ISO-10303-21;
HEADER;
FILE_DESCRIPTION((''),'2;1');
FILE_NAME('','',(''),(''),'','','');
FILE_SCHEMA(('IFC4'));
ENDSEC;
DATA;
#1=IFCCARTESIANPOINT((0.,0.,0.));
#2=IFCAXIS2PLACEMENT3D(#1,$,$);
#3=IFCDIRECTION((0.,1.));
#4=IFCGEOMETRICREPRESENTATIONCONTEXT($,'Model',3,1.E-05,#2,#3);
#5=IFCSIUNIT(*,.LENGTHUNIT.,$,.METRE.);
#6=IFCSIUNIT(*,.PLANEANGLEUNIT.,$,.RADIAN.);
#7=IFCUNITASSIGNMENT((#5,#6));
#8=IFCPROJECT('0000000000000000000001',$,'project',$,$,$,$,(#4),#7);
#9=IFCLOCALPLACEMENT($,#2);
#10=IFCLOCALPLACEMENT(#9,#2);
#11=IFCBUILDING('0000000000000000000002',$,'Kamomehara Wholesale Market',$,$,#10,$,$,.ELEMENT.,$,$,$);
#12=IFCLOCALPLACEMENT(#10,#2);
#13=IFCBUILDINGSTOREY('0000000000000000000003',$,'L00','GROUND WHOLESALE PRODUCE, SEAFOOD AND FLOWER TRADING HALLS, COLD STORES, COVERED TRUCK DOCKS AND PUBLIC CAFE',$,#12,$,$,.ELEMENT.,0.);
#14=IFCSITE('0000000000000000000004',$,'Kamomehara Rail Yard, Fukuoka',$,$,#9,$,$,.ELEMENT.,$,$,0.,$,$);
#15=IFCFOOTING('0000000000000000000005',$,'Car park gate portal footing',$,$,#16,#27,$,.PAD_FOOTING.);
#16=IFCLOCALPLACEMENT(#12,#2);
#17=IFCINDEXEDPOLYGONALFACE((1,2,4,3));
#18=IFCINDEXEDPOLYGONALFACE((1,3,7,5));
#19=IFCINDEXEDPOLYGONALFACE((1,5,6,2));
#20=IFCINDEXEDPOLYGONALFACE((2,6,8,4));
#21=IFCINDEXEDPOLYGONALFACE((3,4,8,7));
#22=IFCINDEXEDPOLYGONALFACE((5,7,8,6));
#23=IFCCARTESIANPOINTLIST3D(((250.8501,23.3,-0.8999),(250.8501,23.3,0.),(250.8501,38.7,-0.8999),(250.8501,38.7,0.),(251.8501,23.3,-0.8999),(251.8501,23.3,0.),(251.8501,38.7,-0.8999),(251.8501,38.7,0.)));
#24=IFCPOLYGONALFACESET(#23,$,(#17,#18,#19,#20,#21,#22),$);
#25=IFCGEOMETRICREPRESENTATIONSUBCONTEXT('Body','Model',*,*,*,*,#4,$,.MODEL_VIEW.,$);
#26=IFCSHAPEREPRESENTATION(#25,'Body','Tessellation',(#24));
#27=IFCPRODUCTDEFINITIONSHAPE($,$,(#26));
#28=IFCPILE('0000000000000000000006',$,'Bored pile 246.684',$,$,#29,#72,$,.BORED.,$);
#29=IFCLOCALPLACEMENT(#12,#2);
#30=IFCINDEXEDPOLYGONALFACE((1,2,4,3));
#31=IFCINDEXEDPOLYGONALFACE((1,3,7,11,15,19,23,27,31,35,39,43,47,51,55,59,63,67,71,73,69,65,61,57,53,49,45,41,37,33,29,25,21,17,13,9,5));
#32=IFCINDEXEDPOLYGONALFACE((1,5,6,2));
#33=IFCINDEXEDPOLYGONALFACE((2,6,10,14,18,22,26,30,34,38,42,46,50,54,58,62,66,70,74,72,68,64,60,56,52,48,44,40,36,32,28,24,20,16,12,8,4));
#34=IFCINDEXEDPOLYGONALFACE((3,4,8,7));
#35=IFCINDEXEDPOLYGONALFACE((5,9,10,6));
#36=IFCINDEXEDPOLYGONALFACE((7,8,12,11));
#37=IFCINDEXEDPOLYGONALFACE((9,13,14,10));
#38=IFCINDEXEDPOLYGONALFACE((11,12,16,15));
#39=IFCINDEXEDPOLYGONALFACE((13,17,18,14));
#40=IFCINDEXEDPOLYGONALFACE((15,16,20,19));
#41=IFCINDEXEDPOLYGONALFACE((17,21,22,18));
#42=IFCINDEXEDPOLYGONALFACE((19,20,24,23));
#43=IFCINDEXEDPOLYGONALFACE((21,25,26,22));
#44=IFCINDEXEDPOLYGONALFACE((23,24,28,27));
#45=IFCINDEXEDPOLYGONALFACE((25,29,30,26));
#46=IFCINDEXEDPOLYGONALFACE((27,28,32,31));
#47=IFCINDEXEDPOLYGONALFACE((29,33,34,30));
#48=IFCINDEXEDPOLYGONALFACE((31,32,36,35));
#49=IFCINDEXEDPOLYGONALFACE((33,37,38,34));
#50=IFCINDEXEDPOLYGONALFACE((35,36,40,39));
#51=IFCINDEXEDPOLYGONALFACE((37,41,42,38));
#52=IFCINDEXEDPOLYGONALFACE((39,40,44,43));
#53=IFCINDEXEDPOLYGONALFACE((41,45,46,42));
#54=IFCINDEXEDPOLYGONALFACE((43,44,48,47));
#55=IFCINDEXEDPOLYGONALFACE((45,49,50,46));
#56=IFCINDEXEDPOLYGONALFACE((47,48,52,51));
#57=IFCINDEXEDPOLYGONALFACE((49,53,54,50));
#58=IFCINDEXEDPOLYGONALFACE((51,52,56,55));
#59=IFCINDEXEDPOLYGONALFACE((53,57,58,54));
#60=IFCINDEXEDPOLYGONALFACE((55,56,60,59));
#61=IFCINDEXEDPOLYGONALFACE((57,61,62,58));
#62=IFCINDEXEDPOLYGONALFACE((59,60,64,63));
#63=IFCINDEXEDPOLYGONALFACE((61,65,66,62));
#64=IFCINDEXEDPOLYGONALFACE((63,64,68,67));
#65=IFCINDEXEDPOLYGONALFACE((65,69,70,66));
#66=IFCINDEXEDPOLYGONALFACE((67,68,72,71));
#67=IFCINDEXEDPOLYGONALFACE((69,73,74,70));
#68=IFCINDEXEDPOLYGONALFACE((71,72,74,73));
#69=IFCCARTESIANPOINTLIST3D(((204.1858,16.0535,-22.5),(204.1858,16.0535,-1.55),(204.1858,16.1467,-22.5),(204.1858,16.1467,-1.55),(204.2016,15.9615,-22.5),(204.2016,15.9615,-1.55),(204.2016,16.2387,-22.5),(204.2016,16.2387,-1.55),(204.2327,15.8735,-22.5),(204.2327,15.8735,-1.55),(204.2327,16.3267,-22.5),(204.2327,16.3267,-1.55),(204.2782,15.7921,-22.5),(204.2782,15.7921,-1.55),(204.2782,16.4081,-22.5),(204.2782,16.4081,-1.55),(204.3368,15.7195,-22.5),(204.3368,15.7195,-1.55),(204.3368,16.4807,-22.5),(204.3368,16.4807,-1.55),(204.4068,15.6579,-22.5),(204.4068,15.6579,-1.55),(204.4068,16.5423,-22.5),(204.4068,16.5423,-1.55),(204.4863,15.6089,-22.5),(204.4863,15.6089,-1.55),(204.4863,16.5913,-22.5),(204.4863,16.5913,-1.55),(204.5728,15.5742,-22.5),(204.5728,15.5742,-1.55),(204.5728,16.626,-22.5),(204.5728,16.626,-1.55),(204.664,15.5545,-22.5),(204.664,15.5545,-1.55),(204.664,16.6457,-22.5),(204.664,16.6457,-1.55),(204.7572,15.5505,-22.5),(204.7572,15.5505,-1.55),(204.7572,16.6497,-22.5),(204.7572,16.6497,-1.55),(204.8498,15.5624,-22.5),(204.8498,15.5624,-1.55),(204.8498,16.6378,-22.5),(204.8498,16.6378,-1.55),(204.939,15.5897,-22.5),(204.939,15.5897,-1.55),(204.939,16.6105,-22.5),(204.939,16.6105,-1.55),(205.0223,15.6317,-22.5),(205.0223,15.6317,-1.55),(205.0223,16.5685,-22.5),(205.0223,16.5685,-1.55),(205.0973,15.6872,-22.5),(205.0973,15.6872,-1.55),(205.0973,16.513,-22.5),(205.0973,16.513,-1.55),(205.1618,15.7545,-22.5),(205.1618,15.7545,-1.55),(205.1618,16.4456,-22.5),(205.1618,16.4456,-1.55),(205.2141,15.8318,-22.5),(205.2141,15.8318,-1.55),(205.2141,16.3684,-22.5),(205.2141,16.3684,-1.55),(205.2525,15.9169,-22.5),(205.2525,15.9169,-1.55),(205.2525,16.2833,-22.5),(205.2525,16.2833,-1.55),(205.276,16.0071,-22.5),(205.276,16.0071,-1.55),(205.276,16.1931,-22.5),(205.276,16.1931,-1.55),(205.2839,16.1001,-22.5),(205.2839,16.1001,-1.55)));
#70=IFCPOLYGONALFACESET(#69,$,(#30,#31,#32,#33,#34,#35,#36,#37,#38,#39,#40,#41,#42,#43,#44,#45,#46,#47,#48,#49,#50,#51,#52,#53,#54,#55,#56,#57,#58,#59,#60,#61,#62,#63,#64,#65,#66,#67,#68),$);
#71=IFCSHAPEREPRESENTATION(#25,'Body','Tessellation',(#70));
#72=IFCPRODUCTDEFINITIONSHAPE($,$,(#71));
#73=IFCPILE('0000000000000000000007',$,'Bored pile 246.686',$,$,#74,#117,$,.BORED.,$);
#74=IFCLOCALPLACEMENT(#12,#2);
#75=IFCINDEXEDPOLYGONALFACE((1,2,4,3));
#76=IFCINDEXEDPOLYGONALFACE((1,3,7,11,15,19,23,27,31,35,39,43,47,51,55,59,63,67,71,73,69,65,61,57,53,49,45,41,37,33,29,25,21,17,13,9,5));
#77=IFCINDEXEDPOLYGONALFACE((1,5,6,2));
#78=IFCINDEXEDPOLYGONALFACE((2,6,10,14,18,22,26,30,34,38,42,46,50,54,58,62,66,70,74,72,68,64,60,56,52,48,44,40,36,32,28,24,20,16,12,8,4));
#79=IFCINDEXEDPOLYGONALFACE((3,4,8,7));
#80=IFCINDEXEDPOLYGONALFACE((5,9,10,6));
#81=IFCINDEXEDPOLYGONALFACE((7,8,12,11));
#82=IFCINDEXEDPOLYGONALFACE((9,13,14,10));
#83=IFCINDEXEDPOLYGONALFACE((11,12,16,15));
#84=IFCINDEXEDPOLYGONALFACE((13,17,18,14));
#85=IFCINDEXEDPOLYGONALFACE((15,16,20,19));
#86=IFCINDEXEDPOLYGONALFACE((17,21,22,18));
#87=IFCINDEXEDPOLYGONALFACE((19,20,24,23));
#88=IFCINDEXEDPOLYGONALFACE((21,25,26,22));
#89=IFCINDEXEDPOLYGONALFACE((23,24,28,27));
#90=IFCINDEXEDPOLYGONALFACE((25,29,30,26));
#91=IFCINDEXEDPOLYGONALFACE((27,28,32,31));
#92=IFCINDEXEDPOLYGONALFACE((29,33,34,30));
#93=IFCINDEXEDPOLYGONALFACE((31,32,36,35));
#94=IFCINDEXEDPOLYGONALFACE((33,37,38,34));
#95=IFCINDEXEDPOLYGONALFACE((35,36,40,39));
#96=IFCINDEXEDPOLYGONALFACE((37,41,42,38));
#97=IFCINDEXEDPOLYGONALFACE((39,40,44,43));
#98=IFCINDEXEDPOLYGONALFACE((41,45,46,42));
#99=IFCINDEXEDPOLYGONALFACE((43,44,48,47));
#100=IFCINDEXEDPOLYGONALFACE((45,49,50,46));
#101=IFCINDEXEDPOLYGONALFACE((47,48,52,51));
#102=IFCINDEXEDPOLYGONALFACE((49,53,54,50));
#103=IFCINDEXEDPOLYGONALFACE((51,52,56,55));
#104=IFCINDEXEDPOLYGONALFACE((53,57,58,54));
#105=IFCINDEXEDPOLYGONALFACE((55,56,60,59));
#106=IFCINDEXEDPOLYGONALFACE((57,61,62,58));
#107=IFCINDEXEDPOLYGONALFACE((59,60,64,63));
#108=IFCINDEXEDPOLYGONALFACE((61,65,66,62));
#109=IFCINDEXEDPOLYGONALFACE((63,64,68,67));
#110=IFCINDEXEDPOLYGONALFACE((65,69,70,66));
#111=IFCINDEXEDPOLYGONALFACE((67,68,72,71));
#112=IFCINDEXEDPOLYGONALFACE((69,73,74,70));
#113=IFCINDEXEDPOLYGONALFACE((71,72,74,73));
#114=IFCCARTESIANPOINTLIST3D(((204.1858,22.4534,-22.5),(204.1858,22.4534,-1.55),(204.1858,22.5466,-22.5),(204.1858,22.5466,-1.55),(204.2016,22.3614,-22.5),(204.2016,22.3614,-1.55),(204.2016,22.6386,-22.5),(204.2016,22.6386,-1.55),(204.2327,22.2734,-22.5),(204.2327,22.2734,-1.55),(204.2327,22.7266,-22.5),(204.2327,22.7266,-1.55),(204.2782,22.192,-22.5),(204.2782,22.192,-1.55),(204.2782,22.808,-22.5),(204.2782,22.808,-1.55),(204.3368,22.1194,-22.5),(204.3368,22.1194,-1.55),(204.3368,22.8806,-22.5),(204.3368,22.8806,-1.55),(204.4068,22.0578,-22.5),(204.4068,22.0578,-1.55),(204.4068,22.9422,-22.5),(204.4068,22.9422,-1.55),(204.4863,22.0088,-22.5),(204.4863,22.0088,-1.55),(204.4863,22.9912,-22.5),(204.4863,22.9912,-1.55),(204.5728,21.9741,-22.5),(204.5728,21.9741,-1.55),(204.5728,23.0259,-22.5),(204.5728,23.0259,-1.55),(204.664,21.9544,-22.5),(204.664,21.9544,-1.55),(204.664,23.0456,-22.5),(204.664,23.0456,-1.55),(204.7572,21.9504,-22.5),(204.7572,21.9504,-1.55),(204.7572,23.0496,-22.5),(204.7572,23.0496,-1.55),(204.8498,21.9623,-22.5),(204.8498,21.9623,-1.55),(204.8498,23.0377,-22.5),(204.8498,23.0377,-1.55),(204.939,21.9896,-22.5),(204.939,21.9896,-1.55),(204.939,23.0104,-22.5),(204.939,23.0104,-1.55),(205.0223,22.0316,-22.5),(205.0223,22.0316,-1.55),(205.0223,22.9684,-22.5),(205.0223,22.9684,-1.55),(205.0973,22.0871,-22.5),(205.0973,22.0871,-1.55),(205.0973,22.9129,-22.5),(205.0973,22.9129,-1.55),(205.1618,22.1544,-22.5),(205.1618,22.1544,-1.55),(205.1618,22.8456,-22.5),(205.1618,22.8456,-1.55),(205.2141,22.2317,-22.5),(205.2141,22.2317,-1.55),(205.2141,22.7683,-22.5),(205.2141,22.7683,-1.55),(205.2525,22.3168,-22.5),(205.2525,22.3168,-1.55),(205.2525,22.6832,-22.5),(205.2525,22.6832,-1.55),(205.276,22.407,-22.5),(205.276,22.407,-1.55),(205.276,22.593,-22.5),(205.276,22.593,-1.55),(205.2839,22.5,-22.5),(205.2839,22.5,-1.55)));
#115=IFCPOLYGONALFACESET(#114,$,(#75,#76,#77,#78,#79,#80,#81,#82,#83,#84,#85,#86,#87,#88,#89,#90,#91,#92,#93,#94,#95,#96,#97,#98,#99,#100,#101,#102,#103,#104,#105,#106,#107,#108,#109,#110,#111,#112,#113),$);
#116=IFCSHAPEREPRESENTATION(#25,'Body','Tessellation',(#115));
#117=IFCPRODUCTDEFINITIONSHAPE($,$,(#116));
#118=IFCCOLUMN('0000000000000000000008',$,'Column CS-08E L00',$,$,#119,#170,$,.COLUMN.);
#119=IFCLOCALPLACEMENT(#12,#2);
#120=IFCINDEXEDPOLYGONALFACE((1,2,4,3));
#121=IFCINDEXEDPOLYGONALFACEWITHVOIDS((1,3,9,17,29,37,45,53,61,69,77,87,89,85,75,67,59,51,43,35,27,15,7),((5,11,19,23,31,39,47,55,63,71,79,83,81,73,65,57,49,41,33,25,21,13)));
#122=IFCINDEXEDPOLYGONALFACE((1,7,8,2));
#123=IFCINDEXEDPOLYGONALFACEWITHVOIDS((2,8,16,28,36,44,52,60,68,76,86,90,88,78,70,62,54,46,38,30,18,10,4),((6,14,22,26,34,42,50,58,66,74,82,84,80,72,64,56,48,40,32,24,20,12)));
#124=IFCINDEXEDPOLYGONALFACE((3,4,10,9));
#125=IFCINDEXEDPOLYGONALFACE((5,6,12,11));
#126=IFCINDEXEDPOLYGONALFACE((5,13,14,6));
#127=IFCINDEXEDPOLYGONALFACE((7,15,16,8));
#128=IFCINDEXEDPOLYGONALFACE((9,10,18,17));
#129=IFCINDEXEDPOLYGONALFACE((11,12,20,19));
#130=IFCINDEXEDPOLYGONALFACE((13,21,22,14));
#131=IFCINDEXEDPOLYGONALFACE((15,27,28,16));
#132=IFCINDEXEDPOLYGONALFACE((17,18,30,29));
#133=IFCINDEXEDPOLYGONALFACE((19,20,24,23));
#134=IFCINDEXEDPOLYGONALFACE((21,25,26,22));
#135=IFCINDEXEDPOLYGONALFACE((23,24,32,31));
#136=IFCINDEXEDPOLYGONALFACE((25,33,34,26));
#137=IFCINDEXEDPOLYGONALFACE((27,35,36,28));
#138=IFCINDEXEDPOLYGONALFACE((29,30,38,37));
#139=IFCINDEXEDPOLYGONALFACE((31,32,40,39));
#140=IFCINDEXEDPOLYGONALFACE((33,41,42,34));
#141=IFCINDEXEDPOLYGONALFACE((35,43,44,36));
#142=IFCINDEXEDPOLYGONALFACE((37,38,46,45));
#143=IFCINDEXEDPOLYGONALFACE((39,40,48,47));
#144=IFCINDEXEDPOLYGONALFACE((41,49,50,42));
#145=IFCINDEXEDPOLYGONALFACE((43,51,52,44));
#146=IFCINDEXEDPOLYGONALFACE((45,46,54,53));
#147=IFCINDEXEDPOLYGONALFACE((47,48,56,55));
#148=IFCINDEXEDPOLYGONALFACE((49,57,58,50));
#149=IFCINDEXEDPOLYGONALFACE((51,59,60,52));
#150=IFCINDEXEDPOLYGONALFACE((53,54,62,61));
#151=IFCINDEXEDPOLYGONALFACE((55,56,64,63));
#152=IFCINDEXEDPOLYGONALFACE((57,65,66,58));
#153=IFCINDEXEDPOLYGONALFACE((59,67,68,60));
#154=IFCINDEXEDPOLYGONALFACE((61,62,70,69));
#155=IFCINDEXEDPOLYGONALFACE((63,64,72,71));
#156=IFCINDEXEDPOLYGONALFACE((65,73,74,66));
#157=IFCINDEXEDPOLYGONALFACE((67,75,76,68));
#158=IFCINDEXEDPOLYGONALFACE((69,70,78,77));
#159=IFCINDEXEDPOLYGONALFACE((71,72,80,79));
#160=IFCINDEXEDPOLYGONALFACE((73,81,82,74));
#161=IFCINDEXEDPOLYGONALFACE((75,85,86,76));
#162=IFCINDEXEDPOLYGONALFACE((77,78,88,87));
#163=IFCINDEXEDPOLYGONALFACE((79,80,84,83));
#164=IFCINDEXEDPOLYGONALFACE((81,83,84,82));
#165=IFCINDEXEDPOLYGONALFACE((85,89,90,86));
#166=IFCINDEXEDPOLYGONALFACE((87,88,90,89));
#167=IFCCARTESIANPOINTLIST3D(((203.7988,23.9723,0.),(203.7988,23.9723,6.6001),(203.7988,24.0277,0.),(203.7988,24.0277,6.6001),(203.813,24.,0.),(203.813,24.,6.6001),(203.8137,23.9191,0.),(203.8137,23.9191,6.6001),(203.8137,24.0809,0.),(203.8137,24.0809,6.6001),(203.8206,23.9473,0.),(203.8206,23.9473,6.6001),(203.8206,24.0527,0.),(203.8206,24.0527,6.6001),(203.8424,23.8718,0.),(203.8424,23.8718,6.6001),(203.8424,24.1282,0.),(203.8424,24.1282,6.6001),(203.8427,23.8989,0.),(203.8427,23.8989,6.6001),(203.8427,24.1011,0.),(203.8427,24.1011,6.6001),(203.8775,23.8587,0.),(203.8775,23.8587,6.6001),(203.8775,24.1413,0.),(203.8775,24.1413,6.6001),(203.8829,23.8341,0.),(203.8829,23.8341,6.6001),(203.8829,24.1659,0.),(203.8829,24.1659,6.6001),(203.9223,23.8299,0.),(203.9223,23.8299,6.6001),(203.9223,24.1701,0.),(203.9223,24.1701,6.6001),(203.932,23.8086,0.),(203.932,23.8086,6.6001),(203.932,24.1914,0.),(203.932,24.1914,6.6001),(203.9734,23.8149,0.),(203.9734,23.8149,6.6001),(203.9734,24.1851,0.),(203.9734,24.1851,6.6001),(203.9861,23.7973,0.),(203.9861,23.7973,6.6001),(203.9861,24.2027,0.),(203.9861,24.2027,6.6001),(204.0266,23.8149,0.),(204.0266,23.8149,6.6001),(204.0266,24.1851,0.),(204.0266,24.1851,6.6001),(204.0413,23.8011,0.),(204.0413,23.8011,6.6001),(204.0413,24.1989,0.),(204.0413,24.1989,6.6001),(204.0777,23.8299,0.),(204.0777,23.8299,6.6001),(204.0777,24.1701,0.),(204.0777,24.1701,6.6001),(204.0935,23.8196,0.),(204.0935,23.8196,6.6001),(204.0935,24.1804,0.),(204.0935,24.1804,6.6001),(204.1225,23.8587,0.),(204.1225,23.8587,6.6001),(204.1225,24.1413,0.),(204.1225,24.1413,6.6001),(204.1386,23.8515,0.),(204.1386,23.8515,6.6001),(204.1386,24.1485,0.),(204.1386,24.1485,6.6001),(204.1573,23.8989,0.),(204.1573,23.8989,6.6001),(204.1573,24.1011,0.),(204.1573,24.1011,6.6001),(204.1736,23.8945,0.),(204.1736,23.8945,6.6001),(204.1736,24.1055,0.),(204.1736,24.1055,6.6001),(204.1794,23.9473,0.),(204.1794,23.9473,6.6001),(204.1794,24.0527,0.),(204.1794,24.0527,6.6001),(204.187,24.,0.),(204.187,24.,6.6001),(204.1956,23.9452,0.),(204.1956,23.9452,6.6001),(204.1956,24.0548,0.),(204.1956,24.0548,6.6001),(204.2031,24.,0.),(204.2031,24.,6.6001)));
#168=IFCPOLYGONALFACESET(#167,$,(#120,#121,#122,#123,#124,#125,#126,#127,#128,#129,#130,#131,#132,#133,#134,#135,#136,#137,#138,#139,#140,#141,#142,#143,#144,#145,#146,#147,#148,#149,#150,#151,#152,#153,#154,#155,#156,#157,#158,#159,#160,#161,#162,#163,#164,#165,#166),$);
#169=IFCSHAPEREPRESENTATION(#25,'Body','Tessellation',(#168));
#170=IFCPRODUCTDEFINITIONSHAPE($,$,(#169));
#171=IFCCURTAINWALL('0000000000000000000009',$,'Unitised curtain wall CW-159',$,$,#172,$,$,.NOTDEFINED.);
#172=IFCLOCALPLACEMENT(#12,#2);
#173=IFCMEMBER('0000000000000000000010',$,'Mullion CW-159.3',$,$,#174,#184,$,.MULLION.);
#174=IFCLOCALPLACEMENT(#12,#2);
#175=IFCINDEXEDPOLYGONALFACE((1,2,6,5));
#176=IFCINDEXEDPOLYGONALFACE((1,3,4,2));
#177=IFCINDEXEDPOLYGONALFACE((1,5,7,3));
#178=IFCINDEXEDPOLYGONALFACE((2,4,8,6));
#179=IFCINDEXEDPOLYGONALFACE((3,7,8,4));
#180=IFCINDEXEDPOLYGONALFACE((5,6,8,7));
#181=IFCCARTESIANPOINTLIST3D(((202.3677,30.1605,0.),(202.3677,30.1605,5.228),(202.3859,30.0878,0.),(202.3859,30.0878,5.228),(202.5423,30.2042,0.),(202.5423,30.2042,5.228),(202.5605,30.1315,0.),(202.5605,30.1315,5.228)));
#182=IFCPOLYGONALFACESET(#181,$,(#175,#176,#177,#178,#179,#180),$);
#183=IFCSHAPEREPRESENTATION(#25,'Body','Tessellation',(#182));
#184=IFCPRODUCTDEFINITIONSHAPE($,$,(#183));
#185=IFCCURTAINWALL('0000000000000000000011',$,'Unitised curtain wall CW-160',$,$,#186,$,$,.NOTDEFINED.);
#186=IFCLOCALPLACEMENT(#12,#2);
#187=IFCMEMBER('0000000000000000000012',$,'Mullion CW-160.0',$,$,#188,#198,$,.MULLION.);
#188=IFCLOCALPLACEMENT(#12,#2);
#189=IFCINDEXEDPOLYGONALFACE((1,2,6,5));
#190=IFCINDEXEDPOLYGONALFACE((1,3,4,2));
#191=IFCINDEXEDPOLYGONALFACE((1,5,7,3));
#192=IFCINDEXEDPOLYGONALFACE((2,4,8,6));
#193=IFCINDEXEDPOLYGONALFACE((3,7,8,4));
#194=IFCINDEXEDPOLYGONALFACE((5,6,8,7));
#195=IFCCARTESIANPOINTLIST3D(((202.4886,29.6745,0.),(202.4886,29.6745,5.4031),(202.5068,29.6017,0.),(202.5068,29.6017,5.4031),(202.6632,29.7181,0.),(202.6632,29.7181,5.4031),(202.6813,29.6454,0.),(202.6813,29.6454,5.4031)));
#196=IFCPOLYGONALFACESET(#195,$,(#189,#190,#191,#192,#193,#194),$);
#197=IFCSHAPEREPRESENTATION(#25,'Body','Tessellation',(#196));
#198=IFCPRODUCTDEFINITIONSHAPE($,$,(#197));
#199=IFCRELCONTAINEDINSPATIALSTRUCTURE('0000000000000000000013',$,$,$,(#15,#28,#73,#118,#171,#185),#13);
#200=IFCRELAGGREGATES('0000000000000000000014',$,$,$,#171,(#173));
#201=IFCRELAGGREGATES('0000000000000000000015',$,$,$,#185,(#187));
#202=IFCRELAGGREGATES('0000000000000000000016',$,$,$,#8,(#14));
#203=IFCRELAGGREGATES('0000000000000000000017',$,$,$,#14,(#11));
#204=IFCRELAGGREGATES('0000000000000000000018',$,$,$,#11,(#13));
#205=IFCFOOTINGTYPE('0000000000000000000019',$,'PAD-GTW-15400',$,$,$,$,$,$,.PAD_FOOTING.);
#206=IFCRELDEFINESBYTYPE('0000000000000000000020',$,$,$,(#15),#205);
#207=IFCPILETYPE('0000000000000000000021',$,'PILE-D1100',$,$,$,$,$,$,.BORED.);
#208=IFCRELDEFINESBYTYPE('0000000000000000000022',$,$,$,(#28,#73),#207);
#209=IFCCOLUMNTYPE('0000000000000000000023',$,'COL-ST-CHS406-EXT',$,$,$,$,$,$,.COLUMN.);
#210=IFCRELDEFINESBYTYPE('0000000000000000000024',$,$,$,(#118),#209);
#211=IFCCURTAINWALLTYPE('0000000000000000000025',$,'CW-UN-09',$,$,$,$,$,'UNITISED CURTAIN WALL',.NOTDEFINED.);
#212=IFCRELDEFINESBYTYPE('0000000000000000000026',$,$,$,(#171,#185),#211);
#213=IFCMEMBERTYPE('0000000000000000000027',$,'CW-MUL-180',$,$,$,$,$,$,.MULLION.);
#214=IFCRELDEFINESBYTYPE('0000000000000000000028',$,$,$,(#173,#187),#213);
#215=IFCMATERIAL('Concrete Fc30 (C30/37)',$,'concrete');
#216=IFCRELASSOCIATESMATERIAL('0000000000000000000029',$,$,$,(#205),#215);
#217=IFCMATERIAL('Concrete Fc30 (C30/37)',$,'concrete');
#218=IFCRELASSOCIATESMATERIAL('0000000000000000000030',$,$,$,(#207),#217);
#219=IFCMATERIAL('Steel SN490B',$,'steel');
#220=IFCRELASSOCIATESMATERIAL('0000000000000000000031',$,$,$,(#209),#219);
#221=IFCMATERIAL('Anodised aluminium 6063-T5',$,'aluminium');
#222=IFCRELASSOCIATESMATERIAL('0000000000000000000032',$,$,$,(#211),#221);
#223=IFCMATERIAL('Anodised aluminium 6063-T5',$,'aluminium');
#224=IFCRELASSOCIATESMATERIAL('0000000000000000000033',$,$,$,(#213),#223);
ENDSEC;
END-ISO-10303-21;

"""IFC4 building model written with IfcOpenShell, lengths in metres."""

from ifc_helpers import new_model, si_unit, direction, frame, origin, origin_2d, place, context, subcontext, project, spatial, rectangle, circle, hollow_circle, extrude, material, material_profile, profile_set, type_object, element, aggregate, save


model = new_model("IFC4")

# Units and contexts
model_context = context("Model", 3, precision=1e-05, world=origin(), true_north=direction((0.0, 1.0)))
body_context = subcontext(model_context, "Body", "Model", "MODEL_VIEW")
ifc_project = project(units=[si_unit("LENGTHUNIT", "METRE"), si_unit("PLANEANGLEUNIT", "RADIAN")], contexts=[model_context])

# Site, building, storey
site_placement = place(None, origin())
site = spatial("IfcSite", under=ifc_project, at=site_placement, Name="Kamomehara Rail Yard, Fukuoka", CompositionType="ELEMENT", RefElevation=0.0)
building_placement = place(site_placement, origin())
building = spatial("IfcBuilding", under=site, at=building_placement, Name="Kamomehara Wholesale Market", CompositionType="ELEMENT")
storey_placement = place(building_placement, origin())
storey = spatial("IfcBuildingStorey", under=building, at=storey_placement, Name="L00", Description="GROUND WHOLESALE PRODUCE, SEAFOOD AND FLOWER TRADING HALLS, COLD STORES, COVERED TRUCK DOCKS AND PUBLIC CAFE", CompositionType="ELEMENT", Elevation=0.0)

# Footing
ifc_material_1 = material(Name="Concrete Fc30 (C30/37)", Category="concrete")
footing_type = type_object("IfcFootingType", Name="PAD-GTW-15400", PredefinedType="PAD_FOOTING", material=ifc_material_1)
footing_placement = place(storey_placement, frame((251.3501, 31.0, -0.8999), z_axis=(0.0, 0.0, 1.0), x_axis=(1.0, 0.0, 0.0)))
element("IfcFooting", 1, at=footing_placement, inside=storey, type_object=footing_type, Name="Car park gate portal footing", PredefinedType="PAD_FOOTING", context=body_context, shape_type="SweptSolid", body=[
    extrude(rectangle(XDim=1.0, YDim=15.3999, at=origin_2d()), origin(), (0.0, 0.0, 1.0), 0.8999),
])

# Piles
ifc_material_2 = material(Name="Concrete Fc30 (C30/37)", Category="concrete")
ifc_material_profile_1 = material_profile(ifc_material_2, circle(Radius=0.55, at=origin_2d()), Name="RC-PILE-D1100")
ifc_profile_set_1 = profile_set([ifc_material_profile_1], Name="Concrete Fc30 (C30/37)")
pile_type = type_object("IfcPileType", Name="PILE-D1100", PredefinedType="BORED", material=ifc_profile_set_1)
for number, where, z_axis, x_axis, name in (
    (2, (204.7339, 16.1001, -1.55), (0.0, 0.0, -1.0), (1.0, 0.0, 0.0), "Bored pile 246.684"),
    (3, (204.7339, 22.5, -1.55), (0.0, 0.0, -1.0), (1.0, 0.0, 0.0), "Bored pile 246.686"),
):
    element("IfcPile", number, at=place(storey_placement, frame(where, z_axis=z_axis, x_axis=x_axis)), inside=storey, type_object=pile_type, Name=name, PredefinedType="BORED", context=body_context, shape_type="SweptSolid", body=[
        extrude(circle(Radius=0.55, at=origin_2d()), origin(), (0.0, 0.0, 1.0), 20.95),
    ])

# Column
ifc_material_3 = material(Name="Steel SN490B", Category="steel")
ifc_material_profile_2 = material_profile(ifc_material_3, hollow_circle(Radius=0.2031, WallThickness=0.0161, at=origin_2d()), Name="CHS-406.4x16.0")
ifc_profile_set_2 = profile_set([ifc_material_profile_2], Name="Steel SN490B")
column_type = type_object("IfcColumnType", Name="COL-ST-CHS406-EXT", PredefinedType="COLUMN", material=ifc_profile_set_2)
column_placement = place(storey_placement, frame((204.0, 24.0, 0.0), z_axis=(0.0, 0.0, 1.0), x_axis=(1.0, 0.0, 0.0)))
element("IfcColumn", 4, at=column_placement, inside=storey, type_object=column_type, Name="Column CS-08E L00", PredefinedType="COLUMN", context=body_context, shape_type="SweptSolid", body=[
    extrude(hollow_circle(Radius=0.2031, WallThickness=0.0161, at=origin_2d()), origin(), (0.0, 0.0, 1.0), 6.6001),
])

# Curtain wall, member
ifc_material_4 = material(Name="Anodised aluminium 6063-T5", Category="aluminium")
curtain_wall_type = type_object("IfcCurtainWallType", Name="CW-UN-09", ElementType="UNITISED CURTAIN WALL", PredefinedType="NOTDEFINED", material=ifc_material_4)
curtain_wall_1_placement = place(storey_placement, origin())
curtain_wall_1 = element("IfcCurtainWall", 5, at=curtain_wall_1_placement, inside=storey, type_object=curtain_wall_type, Name="Unitised curtain wall CW-159", PredefinedType="NOTDEFINED")
ifc_material_5 = material(Name="Anodised aluminium 6063-T5", Category="aluminium")
ifc_material_profile_3 = material_profile(ifc_material_5, rectangle(XDim=0.075, YDim=0.1799, at=origin_2d()), Name="ALU-MUL-75x180")
ifc_profile_set_3 = profile_set([ifc_material_profile_3], Name="Anodised aluminium 6063-T5")
member_type_1 = type_object("IfcMemberType", Name="CW-MUL-180", PredefinedType="MULLION", material=ifc_profile_set_3)
member_1_placement = place(storey_placement, frame((202.4641, 30.146, 0.0), z_axis=(0.0, 0.0, 1.0), x_axis=(0.242618, -0.970122, 0.0)))
member_1 = element("IfcMember", 6, at=member_1_placement, type_object=member_type_1, Name="Mullion CW-159.3", PredefinedType="MULLION", context=body_context, shape_type="SweptSolid", body=[
    extrude(rectangle(XDim=0.075, YDim=0.1799, at=origin_2d()), origin(), (0.0, 0.0, 1.0), 5.228),
])
aggregate(curtain_wall_1, [member_1])

# Curtain wall, member
curtain_wall_2_placement = place(storey_placement, origin())
curtain_wall_2 = element("IfcCurtainWall", 7, at=curtain_wall_2_placement, inside=storey, type_object=curtain_wall_type, Name="Unitised curtain wall CW-160", PredefinedType="NOTDEFINED")
member_2_placement = place(storey_placement, frame((202.585, 29.6599, 0.0), z_axis=(0.0, 0.0, 1.0), x_axis=(0.242494, -0.970153, 0.0)))
member_2 = element("IfcMember", 8, at=member_2_placement, type_object=member_type_1, Name="Mullion CW-160.0", PredefinedType="MULLION", context=body_context, shape_type="SweptSolid", body=[
    extrude(rectangle(XDim=0.075, YDim=0.1799, at=origin_2d()), origin(), (0.0, 0.0, 1.0), 5.4031),
])
aggregate(curtain_wall_2, [member_2])

save(model, "model.ifc")
